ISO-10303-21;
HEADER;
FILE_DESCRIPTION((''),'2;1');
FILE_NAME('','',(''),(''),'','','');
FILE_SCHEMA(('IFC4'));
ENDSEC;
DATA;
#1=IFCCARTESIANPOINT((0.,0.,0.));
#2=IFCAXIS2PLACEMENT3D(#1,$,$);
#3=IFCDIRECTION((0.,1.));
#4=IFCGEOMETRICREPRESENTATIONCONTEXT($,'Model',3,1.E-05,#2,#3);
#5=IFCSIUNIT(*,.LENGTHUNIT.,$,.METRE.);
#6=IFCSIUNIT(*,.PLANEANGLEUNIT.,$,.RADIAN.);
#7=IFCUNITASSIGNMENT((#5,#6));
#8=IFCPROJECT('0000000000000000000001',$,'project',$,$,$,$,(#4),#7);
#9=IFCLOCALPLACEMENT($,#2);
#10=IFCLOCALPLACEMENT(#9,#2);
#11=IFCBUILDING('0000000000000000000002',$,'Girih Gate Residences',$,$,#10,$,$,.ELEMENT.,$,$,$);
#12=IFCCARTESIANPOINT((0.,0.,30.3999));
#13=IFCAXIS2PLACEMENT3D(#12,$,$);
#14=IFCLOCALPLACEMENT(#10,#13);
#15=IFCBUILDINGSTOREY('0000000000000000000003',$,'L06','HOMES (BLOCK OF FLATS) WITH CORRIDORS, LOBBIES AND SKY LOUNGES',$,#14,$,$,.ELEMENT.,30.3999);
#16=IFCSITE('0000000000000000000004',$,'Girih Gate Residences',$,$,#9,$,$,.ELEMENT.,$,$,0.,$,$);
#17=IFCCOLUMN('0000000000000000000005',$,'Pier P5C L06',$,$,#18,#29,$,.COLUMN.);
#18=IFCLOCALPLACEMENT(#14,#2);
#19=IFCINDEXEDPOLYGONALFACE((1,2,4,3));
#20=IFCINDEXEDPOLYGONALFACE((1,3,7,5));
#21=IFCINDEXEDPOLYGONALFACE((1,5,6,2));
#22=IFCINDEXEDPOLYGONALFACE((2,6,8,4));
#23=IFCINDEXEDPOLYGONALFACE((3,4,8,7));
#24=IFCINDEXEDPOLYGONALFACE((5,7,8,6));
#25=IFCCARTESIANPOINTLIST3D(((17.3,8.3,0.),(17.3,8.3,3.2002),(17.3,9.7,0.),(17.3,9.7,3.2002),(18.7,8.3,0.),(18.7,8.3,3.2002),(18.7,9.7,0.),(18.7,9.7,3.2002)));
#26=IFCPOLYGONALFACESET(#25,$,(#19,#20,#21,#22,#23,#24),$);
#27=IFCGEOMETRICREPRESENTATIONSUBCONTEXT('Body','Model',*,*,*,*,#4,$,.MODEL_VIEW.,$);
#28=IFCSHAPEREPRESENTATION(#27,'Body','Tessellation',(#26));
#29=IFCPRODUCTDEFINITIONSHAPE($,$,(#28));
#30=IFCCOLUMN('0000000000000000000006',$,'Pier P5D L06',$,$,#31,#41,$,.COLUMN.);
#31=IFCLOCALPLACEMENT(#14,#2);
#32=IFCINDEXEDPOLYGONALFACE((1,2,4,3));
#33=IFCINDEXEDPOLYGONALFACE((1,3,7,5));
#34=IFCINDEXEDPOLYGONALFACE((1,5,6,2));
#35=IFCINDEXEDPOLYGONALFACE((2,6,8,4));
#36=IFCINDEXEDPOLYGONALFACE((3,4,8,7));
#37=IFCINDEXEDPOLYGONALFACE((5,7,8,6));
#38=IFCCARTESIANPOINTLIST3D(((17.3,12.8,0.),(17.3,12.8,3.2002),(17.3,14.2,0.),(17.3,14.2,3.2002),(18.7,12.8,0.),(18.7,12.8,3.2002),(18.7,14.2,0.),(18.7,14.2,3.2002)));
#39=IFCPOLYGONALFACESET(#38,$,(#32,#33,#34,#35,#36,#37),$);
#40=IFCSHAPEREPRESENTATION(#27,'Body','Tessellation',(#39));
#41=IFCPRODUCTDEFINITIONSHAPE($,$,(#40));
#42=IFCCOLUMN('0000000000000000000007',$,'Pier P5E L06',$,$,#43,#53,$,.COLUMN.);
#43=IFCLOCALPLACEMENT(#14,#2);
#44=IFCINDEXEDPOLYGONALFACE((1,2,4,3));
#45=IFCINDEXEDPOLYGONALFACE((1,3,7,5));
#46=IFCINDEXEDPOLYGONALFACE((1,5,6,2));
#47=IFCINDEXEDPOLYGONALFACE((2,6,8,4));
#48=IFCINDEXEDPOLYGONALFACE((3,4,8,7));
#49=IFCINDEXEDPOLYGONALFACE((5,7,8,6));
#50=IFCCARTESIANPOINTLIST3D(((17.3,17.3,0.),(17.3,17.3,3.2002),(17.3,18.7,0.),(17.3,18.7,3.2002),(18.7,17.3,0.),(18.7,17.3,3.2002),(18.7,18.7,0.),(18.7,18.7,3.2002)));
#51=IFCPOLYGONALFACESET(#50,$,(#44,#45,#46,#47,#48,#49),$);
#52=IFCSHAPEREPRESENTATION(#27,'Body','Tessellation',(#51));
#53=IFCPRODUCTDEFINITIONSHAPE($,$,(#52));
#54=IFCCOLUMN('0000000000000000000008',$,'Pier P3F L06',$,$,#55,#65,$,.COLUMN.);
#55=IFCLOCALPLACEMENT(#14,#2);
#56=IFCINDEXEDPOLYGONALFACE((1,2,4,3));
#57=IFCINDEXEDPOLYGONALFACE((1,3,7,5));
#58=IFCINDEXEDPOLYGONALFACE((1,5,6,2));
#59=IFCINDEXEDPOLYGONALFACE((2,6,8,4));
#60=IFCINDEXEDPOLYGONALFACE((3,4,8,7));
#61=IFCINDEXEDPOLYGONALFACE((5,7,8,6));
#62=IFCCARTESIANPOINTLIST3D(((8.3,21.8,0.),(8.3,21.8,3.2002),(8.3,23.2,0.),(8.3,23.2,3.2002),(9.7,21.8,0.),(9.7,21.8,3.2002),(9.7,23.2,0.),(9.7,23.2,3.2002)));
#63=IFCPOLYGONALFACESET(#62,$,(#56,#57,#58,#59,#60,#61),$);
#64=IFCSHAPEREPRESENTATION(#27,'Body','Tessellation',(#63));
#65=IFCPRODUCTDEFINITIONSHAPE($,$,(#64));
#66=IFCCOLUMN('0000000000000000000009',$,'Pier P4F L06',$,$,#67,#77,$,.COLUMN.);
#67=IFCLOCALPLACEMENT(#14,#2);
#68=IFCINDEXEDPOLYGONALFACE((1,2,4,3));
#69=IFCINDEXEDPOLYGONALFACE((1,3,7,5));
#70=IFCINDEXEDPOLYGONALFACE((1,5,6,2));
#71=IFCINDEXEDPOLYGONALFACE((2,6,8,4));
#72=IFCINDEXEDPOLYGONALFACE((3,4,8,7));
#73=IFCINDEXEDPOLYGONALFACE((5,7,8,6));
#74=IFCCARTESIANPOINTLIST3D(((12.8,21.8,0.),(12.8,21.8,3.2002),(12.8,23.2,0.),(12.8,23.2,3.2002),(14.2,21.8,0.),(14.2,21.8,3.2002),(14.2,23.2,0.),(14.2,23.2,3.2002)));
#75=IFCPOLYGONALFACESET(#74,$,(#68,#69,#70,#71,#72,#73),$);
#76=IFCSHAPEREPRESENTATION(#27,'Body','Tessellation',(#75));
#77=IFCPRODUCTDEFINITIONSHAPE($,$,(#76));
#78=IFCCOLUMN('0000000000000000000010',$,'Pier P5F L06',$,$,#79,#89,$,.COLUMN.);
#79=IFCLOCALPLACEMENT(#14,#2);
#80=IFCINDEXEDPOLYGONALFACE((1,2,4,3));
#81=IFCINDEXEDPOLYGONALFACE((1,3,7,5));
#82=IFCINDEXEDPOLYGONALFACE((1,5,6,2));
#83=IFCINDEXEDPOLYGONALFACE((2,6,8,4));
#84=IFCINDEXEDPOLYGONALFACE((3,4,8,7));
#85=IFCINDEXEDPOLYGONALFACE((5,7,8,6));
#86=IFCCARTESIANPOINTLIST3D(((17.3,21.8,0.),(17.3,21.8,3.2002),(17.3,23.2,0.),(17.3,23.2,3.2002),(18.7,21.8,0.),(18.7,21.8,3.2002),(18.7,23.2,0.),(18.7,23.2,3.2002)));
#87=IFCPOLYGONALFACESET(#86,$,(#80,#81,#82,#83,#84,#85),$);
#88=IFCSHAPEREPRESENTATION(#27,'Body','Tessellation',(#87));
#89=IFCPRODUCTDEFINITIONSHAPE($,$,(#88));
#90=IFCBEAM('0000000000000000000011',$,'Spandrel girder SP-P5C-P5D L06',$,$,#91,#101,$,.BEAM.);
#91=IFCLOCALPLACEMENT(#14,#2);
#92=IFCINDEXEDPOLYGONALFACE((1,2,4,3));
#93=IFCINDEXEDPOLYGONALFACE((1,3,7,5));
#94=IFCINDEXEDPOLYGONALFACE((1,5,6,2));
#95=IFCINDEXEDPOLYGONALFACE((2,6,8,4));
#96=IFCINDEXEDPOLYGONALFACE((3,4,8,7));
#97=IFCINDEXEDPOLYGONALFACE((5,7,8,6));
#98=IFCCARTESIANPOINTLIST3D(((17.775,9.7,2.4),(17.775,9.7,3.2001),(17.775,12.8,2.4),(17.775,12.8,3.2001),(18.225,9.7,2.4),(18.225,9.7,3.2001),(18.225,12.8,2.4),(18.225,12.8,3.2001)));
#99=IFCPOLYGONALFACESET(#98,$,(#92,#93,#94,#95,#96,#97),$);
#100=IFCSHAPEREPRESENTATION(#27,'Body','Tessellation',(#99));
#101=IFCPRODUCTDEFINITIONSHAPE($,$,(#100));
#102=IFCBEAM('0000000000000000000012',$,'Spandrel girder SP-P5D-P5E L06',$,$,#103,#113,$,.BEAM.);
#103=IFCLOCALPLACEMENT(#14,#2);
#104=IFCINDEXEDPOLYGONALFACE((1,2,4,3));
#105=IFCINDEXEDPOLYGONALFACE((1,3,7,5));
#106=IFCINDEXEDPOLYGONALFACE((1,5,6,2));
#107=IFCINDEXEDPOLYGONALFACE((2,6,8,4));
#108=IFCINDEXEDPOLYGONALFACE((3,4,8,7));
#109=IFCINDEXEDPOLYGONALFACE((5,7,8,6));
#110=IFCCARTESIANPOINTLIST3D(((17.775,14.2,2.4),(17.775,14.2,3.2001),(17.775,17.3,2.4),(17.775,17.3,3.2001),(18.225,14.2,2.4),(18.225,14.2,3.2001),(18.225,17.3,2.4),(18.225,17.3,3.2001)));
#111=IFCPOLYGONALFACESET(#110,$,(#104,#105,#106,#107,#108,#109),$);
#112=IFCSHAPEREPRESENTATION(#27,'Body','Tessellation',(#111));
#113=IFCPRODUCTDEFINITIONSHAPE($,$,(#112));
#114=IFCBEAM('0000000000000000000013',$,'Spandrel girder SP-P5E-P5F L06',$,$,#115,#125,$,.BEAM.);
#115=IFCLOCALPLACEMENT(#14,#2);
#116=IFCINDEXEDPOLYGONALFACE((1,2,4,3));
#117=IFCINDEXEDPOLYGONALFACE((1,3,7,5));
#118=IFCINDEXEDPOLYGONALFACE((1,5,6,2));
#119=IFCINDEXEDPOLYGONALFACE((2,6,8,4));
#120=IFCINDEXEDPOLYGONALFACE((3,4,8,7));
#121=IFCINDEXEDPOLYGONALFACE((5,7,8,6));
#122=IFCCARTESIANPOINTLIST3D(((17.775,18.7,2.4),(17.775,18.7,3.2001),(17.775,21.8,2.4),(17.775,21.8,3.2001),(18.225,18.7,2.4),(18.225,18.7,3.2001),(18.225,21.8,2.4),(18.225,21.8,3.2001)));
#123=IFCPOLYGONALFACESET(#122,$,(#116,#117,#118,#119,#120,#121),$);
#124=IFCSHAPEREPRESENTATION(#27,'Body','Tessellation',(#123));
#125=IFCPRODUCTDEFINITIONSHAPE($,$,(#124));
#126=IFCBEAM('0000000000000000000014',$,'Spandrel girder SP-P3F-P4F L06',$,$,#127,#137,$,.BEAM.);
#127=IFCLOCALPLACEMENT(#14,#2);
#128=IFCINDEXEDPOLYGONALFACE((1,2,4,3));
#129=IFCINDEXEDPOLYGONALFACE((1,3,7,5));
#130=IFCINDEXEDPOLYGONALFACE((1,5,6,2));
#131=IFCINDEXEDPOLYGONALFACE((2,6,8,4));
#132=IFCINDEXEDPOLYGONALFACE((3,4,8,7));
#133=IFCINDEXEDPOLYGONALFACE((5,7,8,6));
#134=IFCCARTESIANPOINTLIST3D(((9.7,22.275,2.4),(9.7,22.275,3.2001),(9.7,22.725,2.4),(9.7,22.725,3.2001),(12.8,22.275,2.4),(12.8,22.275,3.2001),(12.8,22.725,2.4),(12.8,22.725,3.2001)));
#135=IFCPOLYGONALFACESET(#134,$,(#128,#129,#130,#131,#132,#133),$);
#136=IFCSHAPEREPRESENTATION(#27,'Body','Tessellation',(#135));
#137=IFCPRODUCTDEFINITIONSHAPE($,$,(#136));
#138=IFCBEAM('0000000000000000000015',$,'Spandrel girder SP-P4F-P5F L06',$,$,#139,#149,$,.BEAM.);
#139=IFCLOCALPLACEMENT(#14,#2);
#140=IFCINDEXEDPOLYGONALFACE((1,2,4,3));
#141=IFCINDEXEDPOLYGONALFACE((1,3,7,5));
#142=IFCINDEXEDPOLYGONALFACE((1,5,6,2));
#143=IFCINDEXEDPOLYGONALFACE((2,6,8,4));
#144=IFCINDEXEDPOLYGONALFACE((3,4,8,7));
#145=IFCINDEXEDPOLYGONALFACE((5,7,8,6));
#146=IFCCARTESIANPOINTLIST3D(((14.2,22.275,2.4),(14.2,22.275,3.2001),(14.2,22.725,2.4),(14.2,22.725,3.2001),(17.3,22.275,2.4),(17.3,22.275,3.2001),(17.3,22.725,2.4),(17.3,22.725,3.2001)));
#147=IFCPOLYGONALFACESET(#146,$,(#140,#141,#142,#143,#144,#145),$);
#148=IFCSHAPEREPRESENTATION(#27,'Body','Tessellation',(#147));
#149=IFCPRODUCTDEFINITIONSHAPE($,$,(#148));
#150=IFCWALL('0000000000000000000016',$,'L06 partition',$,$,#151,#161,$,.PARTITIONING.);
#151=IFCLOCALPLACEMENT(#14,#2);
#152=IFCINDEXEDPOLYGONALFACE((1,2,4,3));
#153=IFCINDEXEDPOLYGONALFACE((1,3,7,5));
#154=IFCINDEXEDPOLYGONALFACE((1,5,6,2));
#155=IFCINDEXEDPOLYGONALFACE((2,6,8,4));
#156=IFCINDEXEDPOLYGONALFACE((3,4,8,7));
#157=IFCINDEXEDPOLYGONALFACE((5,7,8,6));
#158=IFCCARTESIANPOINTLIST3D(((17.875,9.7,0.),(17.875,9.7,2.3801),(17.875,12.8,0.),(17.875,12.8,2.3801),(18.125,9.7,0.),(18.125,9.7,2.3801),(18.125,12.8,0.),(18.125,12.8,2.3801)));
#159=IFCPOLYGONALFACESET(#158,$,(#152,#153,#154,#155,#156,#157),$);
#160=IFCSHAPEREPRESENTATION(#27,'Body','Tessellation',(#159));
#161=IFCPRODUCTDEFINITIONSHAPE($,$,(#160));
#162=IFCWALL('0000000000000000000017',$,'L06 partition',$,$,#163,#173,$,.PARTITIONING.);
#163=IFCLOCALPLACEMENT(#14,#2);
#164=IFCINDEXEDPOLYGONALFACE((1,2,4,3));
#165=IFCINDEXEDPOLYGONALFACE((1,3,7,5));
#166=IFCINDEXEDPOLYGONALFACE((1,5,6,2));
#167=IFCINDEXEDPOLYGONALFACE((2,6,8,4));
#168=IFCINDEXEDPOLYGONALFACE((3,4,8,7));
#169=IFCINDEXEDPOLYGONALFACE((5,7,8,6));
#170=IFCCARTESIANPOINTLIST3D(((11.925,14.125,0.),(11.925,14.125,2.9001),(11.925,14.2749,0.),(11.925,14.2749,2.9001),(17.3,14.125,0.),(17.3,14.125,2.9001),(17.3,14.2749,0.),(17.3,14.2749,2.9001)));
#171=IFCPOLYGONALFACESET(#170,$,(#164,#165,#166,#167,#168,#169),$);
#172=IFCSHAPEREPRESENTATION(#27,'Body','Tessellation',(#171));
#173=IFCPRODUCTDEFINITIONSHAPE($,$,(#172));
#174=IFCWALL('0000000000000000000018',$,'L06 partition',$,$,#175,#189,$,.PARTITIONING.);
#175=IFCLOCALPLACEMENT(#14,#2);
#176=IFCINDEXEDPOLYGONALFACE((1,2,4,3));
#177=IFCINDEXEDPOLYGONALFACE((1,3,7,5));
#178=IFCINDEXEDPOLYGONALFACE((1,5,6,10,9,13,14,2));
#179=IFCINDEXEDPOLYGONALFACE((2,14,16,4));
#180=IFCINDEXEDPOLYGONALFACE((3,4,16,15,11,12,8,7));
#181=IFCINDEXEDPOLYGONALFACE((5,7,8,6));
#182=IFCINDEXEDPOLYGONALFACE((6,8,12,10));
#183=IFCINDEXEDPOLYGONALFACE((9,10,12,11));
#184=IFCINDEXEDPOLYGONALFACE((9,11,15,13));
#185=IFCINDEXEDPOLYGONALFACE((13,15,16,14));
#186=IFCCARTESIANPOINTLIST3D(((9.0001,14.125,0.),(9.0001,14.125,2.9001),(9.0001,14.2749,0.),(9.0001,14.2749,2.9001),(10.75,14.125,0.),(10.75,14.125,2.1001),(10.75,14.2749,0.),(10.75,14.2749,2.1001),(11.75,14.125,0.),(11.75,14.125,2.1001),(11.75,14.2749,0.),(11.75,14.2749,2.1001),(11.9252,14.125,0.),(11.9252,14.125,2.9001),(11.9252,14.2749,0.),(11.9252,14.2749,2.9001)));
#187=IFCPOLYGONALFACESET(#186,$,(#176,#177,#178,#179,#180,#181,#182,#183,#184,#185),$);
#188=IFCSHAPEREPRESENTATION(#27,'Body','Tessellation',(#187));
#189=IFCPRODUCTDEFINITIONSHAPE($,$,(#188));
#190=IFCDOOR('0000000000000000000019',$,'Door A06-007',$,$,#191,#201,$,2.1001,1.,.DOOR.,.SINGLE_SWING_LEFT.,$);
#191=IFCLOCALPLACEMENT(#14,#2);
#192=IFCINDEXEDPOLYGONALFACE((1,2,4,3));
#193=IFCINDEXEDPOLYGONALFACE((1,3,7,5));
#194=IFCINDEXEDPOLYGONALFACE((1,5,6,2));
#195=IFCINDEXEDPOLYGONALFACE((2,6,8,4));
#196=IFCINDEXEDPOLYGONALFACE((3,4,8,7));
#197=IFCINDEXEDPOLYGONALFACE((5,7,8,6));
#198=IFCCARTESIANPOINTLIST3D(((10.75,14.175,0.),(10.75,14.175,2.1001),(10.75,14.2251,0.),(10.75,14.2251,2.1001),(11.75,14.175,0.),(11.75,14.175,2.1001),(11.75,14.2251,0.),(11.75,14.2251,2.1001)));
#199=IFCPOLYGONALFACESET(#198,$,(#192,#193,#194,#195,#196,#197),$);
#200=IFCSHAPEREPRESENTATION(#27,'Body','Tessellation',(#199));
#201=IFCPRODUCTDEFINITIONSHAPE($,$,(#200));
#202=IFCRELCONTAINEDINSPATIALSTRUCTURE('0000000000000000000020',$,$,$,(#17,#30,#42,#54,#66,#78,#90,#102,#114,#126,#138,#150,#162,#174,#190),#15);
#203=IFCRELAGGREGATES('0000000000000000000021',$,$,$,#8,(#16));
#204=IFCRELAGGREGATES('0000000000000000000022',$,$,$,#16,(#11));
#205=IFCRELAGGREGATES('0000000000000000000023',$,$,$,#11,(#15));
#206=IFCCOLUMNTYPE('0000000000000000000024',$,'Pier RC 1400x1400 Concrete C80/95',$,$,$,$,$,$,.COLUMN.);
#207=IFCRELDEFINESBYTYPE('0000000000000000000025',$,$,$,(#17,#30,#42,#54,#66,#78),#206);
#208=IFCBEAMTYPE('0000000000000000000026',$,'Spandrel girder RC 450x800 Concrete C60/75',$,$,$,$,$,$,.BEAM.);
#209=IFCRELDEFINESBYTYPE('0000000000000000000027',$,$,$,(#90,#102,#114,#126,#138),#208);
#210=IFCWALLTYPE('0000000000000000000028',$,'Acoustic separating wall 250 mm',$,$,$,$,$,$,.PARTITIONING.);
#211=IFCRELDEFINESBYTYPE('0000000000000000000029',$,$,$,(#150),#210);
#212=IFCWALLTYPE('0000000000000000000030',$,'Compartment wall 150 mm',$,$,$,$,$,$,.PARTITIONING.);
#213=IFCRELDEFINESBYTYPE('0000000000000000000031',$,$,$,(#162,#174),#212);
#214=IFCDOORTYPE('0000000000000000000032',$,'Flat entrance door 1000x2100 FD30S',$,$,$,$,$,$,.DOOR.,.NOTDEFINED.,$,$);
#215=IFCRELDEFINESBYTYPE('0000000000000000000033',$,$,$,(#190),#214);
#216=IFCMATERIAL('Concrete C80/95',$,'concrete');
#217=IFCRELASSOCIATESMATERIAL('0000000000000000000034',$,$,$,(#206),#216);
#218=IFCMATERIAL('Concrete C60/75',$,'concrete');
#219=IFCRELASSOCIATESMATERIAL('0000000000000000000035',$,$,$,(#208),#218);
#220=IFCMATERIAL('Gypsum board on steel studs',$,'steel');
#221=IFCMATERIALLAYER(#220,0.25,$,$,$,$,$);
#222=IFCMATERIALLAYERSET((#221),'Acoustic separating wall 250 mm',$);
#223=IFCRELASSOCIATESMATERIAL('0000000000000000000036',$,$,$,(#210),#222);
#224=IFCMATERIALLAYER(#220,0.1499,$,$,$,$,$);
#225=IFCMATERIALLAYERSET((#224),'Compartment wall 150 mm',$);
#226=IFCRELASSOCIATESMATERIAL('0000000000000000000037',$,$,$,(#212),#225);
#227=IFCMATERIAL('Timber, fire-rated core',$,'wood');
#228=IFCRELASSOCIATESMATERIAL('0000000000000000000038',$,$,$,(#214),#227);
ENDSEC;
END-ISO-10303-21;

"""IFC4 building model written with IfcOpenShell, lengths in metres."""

from ifc_helpers import new_model, si_unit, direction, frame, frame_2d, origin, origin_2d, place, context, subcontext, project, spatial, rectangle, extrude, material, layer, layer_set, material_profile, profile_set, type_object, element, fill, save


model = new_model("IFC4")

# Units and contexts
model_context = context("Model", 3, precision=1e-05, world=origin(), true_north=direction((0.0, 1.0)))
body_context = subcontext(model_context, "Body", "Model", "MODEL_VIEW")
ifc_project = project(units=[si_unit("LENGTHUNIT", "METRE"), si_unit("PLANEANGLEUNIT", "RADIAN")], contexts=[model_context])

# Site, building, storey
site_placement = place(None, origin())
site = spatial("IfcSite", under=ifc_project, at=site_placement, Name="Girih Gate Residences", CompositionType="ELEMENT", RefElevation=0.0)
building_placement = place(site_placement, origin())
building = spatial("IfcBuilding", under=site, at=building_placement, Name="Girih Gate Residences", CompositionType="ELEMENT")
storey_placement = place(building_placement, frame((0.0, 0.0, 30.3999)))
storey = spatial("IfcBuildingStorey", under=building, at=storey_placement, Name="L06", Description="HOMES (BLOCK OF FLATS) WITH CORRIDORS, LOBBIES AND SKY LOUNGES", CompositionType="ELEMENT", Elevation=30.3999)

# Columns
ifc_material_1 = material(Name="Concrete C80/95", Category="concrete")
ifc_material_profile_1 = material_profile(ifc_material_1, rectangle(XDim=1.3999, YDim=1.3999, at=origin_2d()))
ifc_profile_set_1 = profile_set([ifc_material_profile_1], Name="Concrete C80/95")
column_type = type_object("IfcColumnType", Name="Pier RC 1400x1400 Concrete C80/95", PredefinedType="COLUMN", material=ifc_profile_set_1)
for number, where, z_axis, x_axis, name in (
    (1, (18.0, 9.0, 0.0), (0.0, 0.0, 1.0), (1.0, 0.0, 0.0), "Pier P5C L06"),
    (2, (18.0, 13.5, 0.0), (0.0, 0.0, 1.0), (1.0, 0.0, 0.0), "Pier P5D L06"),
    (3, (18.0, 18.0, 0.0), (0.0, 0.0, 1.0), (1.0, 0.0, 0.0), "Pier P5E L06"),
    (4, (9.0, 22.5, 0.0), (0.0, 0.0, 1.0), (1.0, 0.0, 0.0), "Pier P3F L06"),
    (5, (13.5, 22.5, 0.0), (0.0, 0.0, 1.0), (1.0, 0.0, 0.0), "Pier P4F L06"),
    (6, (18.0, 22.5, 0.0), (0.0, 0.0, 1.0), (1.0, 0.0, 0.0), "Pier P5F L06"),
):
    element("IfcColumn", number, at=place(storey_placement, frame(where, z_axis=z_axis, x_axis=x_axis)), inside=storey, type_object=column_type, Name=name, PredefinedType="COLUMN", context=body_context, shape_type="SweptSolid", body=[
        extrude(rectangle(XDim=1.3999, YDim=1.3999, at=origin_2d()), origin(), (0.0, 0.0, 1.0), 3.2002),
    ])

# Beams
ifc_material_2 = material(Name="Concrete C60/75", Category="concrete")
ifc_material_profile_2 = material_profile(ifc_material_2, rectangle(XDim=0.45, YDim=0.8, at=origin_2d()))
ifc_profile_set_2 = profile_set([ifc_material_profile_2], Name="Concrete C60/75")
beam_type = type_object("IfcBeamType", Name="Spandrel girder RC 450x800 Concrete C60/75", PredefinedType="BEAM", material=ifc_profile_set_2)
for number, where, z_axis, x_axis, name in (
    (7, (18.0, 9.7, 2.8), (0.0, 1.0, 0.0), (-1.0, 0.0, 0.0), "Spandrel girder SP-P5C-P5D L06"),
    (8, (18.0, 14.2, 2.8), (0.0, 1.0, 0.0), (-1.0, 0.0, 0.0), "Spandrel girder SP-P5D-P5E L06"),
    (9, (18.0, 18.7, 2.8), (0.0, 1.0, 0.0), (-1.0, 0.0, 0.0), "Spandrel girder SP-P5E-P5F L06"),
    (10, (9.7, 22.5, 2.8), (1.0, 0.0, 0.0), (0.0, 1.0, 0.0), "Spandrel girder SP-P3F-P4F L06"),
    (11, (14.2, 22.5, 2.8), (1.0, 0.0, 0.0), (0.0, 1.0, 0.0), "Spandrel girder SP-P4F-P5F L06"),
):
    element("IfcBeam", number, at=place(storey_placement, frame(where, z_axis=z_axis, x_axis=x_axis)), inside=storey, type_object=beam_type, Name=name, PredefinedType="BEAM", context=body_context, shape_type="SweptSolid", body=[
        extrude(rectangle(XDim=0.45, YDim=0.8, at=origin_2d()), origin(), (0.0, 0.0, 1.0), 3.1001),
    ])

# Walls
ifc_material_3 = material(Name="Gypsum board on steel studs", Category="steel")
ifc_layer_1 = layer(ifc_material_3, 0.25)
ifc_layer_set_1 = layer_set([ifc_layer_1], Name="Acoustic separating wall 250 mm")
wall_type_1 = type_object("IfcWallType", Name="Acoustic separating wall 250 mm", PredefinedType="PARTITIONING", material=ifc_layer_set_1)
wall_1_placement = place(storey_placement, frame((18.0, 9.7, 0.0), z_axis=(0.0, 0.0, 1.0), x_axis=(0.0, 1.0, 0.0)))
element("IfcWall", 12, at=wall_1_placement, inside=storey, type_object=wall_type_1, Name="L06 partition", PredefinedType="PARTITIONING", context=body_context, shape_type="SweptSolid", body=[
    extrude(rectangle(XDim=3.1001, YDim=0.25, at=frame_2d((1.55, 0.0))), origin(), (0.0, 0.0, 1.0), 2.3801),
])
ifc_layer_2 = layer(ifc_material_3, 0.1499)
ifc_layer_set_2 = layer_set([ifc_layer_2], Name="Compartment wall 150 mm")
wall_type_2 = type_object("IfcWallType", Name="Compartment wall 150 mm", PredefinedType="PARTITIONING", material=ifc_layer_set_2)
wall_2_placement = place(storey_placement, frame((11.925, 14.2, 0.0), z_axis=(0.0, 0.0, 1.0), x_axis=(1.0, 0.0, 0.0)))
element("IfcWall", 13, at=wall_2_placement, inside=storey, type_object=wall_type_2, Name="L06 partition", PredefinedType="PARTITIONING", context=body_context, shape_type="SweptSolid", body=[
    extrude(rectangle(XDim=5.375, YDim=0.1499, at=frame_2d((2.6875, 0.0))), origin(), (0.0, 0.0, 1.0), 2.9001),
])

# Wall, opening, door
wall_3_placement = place(storey_placement, frame((11.925, 14.2, 0.0), z_axis=(0.0, 0.0, 1.0), x_axis=(-1.0, 0.0, 0.0)))
wall_3 = element("IfcWall", 14, at=wall_3_placement, inside=storey, type_object=wall_type_2, Name="L06 partition", PredefinedType="PARTITIONING", context=body_context, shape_type="SweptSolid", body=[
    extrude(rectangle(XDim=2.925, YDim=0.1499, at=frame_2d((1.4624, 0.0))), origin(), (0.0, 0.0, 1.0), 2.9001),
])
opening_1_placement = place(wall_3_placement, frame((0.175, 0.0, 0.0)))
opening_1 = element("IfcOpeningElement", 15, at=opening_1_placement, cuts=wall_3, PredefinedType="OPENING", context=body_context, shape_type="SweptSolid", body=[
    extrude(rectangle(XDim=1.0, YDim=2.1001, at=frame_2d((0.5, 1.05))), frame((0.0, 0.085, 0.0), z_axis=(0.0, -1.0, 0.0), x_axis=(1.0, 0.0, 0.0)), (0.0, 0.0, 1.0), 0.1699),
])
ifc_material_4 = material(Name="Timber, fire-rated core", Category="wood")
door_type_1 = type_object("IfcDoorType", Name="Flat entrance door 1000x2100 FD30S", OperationType="NOTDEFINED", PredefinedType="DOOR", material=ifc_material_4)
door_1_placement = place(opening_1_placement, origin())
door_1 = element("IfcDoor", 16, at=door_1_placement, inside=storey, type_object=door_type_1, Name="Door A06-007", OperationType="SINGLE_SWING_LEFT", OverallHeight=2.1001, OverallWidth=1.0, PredefinedType="DOOR", context=body_context, shape_type="SweptSolid", body=[
    extrude(rectangle(XDim=1.0, YDim=2.1001, at=frame_2d((0.5, 1.05))), frame((0.0, 0.0249, 0.0), z_axis=(0.0, -1.0, 0.0), x_axis=(1.0, 0.0, 0.0)), (0.0, 0.0, 1.0), 0.05),
])
fill(opening_1, door_1)

save(model, "model.ifc")
